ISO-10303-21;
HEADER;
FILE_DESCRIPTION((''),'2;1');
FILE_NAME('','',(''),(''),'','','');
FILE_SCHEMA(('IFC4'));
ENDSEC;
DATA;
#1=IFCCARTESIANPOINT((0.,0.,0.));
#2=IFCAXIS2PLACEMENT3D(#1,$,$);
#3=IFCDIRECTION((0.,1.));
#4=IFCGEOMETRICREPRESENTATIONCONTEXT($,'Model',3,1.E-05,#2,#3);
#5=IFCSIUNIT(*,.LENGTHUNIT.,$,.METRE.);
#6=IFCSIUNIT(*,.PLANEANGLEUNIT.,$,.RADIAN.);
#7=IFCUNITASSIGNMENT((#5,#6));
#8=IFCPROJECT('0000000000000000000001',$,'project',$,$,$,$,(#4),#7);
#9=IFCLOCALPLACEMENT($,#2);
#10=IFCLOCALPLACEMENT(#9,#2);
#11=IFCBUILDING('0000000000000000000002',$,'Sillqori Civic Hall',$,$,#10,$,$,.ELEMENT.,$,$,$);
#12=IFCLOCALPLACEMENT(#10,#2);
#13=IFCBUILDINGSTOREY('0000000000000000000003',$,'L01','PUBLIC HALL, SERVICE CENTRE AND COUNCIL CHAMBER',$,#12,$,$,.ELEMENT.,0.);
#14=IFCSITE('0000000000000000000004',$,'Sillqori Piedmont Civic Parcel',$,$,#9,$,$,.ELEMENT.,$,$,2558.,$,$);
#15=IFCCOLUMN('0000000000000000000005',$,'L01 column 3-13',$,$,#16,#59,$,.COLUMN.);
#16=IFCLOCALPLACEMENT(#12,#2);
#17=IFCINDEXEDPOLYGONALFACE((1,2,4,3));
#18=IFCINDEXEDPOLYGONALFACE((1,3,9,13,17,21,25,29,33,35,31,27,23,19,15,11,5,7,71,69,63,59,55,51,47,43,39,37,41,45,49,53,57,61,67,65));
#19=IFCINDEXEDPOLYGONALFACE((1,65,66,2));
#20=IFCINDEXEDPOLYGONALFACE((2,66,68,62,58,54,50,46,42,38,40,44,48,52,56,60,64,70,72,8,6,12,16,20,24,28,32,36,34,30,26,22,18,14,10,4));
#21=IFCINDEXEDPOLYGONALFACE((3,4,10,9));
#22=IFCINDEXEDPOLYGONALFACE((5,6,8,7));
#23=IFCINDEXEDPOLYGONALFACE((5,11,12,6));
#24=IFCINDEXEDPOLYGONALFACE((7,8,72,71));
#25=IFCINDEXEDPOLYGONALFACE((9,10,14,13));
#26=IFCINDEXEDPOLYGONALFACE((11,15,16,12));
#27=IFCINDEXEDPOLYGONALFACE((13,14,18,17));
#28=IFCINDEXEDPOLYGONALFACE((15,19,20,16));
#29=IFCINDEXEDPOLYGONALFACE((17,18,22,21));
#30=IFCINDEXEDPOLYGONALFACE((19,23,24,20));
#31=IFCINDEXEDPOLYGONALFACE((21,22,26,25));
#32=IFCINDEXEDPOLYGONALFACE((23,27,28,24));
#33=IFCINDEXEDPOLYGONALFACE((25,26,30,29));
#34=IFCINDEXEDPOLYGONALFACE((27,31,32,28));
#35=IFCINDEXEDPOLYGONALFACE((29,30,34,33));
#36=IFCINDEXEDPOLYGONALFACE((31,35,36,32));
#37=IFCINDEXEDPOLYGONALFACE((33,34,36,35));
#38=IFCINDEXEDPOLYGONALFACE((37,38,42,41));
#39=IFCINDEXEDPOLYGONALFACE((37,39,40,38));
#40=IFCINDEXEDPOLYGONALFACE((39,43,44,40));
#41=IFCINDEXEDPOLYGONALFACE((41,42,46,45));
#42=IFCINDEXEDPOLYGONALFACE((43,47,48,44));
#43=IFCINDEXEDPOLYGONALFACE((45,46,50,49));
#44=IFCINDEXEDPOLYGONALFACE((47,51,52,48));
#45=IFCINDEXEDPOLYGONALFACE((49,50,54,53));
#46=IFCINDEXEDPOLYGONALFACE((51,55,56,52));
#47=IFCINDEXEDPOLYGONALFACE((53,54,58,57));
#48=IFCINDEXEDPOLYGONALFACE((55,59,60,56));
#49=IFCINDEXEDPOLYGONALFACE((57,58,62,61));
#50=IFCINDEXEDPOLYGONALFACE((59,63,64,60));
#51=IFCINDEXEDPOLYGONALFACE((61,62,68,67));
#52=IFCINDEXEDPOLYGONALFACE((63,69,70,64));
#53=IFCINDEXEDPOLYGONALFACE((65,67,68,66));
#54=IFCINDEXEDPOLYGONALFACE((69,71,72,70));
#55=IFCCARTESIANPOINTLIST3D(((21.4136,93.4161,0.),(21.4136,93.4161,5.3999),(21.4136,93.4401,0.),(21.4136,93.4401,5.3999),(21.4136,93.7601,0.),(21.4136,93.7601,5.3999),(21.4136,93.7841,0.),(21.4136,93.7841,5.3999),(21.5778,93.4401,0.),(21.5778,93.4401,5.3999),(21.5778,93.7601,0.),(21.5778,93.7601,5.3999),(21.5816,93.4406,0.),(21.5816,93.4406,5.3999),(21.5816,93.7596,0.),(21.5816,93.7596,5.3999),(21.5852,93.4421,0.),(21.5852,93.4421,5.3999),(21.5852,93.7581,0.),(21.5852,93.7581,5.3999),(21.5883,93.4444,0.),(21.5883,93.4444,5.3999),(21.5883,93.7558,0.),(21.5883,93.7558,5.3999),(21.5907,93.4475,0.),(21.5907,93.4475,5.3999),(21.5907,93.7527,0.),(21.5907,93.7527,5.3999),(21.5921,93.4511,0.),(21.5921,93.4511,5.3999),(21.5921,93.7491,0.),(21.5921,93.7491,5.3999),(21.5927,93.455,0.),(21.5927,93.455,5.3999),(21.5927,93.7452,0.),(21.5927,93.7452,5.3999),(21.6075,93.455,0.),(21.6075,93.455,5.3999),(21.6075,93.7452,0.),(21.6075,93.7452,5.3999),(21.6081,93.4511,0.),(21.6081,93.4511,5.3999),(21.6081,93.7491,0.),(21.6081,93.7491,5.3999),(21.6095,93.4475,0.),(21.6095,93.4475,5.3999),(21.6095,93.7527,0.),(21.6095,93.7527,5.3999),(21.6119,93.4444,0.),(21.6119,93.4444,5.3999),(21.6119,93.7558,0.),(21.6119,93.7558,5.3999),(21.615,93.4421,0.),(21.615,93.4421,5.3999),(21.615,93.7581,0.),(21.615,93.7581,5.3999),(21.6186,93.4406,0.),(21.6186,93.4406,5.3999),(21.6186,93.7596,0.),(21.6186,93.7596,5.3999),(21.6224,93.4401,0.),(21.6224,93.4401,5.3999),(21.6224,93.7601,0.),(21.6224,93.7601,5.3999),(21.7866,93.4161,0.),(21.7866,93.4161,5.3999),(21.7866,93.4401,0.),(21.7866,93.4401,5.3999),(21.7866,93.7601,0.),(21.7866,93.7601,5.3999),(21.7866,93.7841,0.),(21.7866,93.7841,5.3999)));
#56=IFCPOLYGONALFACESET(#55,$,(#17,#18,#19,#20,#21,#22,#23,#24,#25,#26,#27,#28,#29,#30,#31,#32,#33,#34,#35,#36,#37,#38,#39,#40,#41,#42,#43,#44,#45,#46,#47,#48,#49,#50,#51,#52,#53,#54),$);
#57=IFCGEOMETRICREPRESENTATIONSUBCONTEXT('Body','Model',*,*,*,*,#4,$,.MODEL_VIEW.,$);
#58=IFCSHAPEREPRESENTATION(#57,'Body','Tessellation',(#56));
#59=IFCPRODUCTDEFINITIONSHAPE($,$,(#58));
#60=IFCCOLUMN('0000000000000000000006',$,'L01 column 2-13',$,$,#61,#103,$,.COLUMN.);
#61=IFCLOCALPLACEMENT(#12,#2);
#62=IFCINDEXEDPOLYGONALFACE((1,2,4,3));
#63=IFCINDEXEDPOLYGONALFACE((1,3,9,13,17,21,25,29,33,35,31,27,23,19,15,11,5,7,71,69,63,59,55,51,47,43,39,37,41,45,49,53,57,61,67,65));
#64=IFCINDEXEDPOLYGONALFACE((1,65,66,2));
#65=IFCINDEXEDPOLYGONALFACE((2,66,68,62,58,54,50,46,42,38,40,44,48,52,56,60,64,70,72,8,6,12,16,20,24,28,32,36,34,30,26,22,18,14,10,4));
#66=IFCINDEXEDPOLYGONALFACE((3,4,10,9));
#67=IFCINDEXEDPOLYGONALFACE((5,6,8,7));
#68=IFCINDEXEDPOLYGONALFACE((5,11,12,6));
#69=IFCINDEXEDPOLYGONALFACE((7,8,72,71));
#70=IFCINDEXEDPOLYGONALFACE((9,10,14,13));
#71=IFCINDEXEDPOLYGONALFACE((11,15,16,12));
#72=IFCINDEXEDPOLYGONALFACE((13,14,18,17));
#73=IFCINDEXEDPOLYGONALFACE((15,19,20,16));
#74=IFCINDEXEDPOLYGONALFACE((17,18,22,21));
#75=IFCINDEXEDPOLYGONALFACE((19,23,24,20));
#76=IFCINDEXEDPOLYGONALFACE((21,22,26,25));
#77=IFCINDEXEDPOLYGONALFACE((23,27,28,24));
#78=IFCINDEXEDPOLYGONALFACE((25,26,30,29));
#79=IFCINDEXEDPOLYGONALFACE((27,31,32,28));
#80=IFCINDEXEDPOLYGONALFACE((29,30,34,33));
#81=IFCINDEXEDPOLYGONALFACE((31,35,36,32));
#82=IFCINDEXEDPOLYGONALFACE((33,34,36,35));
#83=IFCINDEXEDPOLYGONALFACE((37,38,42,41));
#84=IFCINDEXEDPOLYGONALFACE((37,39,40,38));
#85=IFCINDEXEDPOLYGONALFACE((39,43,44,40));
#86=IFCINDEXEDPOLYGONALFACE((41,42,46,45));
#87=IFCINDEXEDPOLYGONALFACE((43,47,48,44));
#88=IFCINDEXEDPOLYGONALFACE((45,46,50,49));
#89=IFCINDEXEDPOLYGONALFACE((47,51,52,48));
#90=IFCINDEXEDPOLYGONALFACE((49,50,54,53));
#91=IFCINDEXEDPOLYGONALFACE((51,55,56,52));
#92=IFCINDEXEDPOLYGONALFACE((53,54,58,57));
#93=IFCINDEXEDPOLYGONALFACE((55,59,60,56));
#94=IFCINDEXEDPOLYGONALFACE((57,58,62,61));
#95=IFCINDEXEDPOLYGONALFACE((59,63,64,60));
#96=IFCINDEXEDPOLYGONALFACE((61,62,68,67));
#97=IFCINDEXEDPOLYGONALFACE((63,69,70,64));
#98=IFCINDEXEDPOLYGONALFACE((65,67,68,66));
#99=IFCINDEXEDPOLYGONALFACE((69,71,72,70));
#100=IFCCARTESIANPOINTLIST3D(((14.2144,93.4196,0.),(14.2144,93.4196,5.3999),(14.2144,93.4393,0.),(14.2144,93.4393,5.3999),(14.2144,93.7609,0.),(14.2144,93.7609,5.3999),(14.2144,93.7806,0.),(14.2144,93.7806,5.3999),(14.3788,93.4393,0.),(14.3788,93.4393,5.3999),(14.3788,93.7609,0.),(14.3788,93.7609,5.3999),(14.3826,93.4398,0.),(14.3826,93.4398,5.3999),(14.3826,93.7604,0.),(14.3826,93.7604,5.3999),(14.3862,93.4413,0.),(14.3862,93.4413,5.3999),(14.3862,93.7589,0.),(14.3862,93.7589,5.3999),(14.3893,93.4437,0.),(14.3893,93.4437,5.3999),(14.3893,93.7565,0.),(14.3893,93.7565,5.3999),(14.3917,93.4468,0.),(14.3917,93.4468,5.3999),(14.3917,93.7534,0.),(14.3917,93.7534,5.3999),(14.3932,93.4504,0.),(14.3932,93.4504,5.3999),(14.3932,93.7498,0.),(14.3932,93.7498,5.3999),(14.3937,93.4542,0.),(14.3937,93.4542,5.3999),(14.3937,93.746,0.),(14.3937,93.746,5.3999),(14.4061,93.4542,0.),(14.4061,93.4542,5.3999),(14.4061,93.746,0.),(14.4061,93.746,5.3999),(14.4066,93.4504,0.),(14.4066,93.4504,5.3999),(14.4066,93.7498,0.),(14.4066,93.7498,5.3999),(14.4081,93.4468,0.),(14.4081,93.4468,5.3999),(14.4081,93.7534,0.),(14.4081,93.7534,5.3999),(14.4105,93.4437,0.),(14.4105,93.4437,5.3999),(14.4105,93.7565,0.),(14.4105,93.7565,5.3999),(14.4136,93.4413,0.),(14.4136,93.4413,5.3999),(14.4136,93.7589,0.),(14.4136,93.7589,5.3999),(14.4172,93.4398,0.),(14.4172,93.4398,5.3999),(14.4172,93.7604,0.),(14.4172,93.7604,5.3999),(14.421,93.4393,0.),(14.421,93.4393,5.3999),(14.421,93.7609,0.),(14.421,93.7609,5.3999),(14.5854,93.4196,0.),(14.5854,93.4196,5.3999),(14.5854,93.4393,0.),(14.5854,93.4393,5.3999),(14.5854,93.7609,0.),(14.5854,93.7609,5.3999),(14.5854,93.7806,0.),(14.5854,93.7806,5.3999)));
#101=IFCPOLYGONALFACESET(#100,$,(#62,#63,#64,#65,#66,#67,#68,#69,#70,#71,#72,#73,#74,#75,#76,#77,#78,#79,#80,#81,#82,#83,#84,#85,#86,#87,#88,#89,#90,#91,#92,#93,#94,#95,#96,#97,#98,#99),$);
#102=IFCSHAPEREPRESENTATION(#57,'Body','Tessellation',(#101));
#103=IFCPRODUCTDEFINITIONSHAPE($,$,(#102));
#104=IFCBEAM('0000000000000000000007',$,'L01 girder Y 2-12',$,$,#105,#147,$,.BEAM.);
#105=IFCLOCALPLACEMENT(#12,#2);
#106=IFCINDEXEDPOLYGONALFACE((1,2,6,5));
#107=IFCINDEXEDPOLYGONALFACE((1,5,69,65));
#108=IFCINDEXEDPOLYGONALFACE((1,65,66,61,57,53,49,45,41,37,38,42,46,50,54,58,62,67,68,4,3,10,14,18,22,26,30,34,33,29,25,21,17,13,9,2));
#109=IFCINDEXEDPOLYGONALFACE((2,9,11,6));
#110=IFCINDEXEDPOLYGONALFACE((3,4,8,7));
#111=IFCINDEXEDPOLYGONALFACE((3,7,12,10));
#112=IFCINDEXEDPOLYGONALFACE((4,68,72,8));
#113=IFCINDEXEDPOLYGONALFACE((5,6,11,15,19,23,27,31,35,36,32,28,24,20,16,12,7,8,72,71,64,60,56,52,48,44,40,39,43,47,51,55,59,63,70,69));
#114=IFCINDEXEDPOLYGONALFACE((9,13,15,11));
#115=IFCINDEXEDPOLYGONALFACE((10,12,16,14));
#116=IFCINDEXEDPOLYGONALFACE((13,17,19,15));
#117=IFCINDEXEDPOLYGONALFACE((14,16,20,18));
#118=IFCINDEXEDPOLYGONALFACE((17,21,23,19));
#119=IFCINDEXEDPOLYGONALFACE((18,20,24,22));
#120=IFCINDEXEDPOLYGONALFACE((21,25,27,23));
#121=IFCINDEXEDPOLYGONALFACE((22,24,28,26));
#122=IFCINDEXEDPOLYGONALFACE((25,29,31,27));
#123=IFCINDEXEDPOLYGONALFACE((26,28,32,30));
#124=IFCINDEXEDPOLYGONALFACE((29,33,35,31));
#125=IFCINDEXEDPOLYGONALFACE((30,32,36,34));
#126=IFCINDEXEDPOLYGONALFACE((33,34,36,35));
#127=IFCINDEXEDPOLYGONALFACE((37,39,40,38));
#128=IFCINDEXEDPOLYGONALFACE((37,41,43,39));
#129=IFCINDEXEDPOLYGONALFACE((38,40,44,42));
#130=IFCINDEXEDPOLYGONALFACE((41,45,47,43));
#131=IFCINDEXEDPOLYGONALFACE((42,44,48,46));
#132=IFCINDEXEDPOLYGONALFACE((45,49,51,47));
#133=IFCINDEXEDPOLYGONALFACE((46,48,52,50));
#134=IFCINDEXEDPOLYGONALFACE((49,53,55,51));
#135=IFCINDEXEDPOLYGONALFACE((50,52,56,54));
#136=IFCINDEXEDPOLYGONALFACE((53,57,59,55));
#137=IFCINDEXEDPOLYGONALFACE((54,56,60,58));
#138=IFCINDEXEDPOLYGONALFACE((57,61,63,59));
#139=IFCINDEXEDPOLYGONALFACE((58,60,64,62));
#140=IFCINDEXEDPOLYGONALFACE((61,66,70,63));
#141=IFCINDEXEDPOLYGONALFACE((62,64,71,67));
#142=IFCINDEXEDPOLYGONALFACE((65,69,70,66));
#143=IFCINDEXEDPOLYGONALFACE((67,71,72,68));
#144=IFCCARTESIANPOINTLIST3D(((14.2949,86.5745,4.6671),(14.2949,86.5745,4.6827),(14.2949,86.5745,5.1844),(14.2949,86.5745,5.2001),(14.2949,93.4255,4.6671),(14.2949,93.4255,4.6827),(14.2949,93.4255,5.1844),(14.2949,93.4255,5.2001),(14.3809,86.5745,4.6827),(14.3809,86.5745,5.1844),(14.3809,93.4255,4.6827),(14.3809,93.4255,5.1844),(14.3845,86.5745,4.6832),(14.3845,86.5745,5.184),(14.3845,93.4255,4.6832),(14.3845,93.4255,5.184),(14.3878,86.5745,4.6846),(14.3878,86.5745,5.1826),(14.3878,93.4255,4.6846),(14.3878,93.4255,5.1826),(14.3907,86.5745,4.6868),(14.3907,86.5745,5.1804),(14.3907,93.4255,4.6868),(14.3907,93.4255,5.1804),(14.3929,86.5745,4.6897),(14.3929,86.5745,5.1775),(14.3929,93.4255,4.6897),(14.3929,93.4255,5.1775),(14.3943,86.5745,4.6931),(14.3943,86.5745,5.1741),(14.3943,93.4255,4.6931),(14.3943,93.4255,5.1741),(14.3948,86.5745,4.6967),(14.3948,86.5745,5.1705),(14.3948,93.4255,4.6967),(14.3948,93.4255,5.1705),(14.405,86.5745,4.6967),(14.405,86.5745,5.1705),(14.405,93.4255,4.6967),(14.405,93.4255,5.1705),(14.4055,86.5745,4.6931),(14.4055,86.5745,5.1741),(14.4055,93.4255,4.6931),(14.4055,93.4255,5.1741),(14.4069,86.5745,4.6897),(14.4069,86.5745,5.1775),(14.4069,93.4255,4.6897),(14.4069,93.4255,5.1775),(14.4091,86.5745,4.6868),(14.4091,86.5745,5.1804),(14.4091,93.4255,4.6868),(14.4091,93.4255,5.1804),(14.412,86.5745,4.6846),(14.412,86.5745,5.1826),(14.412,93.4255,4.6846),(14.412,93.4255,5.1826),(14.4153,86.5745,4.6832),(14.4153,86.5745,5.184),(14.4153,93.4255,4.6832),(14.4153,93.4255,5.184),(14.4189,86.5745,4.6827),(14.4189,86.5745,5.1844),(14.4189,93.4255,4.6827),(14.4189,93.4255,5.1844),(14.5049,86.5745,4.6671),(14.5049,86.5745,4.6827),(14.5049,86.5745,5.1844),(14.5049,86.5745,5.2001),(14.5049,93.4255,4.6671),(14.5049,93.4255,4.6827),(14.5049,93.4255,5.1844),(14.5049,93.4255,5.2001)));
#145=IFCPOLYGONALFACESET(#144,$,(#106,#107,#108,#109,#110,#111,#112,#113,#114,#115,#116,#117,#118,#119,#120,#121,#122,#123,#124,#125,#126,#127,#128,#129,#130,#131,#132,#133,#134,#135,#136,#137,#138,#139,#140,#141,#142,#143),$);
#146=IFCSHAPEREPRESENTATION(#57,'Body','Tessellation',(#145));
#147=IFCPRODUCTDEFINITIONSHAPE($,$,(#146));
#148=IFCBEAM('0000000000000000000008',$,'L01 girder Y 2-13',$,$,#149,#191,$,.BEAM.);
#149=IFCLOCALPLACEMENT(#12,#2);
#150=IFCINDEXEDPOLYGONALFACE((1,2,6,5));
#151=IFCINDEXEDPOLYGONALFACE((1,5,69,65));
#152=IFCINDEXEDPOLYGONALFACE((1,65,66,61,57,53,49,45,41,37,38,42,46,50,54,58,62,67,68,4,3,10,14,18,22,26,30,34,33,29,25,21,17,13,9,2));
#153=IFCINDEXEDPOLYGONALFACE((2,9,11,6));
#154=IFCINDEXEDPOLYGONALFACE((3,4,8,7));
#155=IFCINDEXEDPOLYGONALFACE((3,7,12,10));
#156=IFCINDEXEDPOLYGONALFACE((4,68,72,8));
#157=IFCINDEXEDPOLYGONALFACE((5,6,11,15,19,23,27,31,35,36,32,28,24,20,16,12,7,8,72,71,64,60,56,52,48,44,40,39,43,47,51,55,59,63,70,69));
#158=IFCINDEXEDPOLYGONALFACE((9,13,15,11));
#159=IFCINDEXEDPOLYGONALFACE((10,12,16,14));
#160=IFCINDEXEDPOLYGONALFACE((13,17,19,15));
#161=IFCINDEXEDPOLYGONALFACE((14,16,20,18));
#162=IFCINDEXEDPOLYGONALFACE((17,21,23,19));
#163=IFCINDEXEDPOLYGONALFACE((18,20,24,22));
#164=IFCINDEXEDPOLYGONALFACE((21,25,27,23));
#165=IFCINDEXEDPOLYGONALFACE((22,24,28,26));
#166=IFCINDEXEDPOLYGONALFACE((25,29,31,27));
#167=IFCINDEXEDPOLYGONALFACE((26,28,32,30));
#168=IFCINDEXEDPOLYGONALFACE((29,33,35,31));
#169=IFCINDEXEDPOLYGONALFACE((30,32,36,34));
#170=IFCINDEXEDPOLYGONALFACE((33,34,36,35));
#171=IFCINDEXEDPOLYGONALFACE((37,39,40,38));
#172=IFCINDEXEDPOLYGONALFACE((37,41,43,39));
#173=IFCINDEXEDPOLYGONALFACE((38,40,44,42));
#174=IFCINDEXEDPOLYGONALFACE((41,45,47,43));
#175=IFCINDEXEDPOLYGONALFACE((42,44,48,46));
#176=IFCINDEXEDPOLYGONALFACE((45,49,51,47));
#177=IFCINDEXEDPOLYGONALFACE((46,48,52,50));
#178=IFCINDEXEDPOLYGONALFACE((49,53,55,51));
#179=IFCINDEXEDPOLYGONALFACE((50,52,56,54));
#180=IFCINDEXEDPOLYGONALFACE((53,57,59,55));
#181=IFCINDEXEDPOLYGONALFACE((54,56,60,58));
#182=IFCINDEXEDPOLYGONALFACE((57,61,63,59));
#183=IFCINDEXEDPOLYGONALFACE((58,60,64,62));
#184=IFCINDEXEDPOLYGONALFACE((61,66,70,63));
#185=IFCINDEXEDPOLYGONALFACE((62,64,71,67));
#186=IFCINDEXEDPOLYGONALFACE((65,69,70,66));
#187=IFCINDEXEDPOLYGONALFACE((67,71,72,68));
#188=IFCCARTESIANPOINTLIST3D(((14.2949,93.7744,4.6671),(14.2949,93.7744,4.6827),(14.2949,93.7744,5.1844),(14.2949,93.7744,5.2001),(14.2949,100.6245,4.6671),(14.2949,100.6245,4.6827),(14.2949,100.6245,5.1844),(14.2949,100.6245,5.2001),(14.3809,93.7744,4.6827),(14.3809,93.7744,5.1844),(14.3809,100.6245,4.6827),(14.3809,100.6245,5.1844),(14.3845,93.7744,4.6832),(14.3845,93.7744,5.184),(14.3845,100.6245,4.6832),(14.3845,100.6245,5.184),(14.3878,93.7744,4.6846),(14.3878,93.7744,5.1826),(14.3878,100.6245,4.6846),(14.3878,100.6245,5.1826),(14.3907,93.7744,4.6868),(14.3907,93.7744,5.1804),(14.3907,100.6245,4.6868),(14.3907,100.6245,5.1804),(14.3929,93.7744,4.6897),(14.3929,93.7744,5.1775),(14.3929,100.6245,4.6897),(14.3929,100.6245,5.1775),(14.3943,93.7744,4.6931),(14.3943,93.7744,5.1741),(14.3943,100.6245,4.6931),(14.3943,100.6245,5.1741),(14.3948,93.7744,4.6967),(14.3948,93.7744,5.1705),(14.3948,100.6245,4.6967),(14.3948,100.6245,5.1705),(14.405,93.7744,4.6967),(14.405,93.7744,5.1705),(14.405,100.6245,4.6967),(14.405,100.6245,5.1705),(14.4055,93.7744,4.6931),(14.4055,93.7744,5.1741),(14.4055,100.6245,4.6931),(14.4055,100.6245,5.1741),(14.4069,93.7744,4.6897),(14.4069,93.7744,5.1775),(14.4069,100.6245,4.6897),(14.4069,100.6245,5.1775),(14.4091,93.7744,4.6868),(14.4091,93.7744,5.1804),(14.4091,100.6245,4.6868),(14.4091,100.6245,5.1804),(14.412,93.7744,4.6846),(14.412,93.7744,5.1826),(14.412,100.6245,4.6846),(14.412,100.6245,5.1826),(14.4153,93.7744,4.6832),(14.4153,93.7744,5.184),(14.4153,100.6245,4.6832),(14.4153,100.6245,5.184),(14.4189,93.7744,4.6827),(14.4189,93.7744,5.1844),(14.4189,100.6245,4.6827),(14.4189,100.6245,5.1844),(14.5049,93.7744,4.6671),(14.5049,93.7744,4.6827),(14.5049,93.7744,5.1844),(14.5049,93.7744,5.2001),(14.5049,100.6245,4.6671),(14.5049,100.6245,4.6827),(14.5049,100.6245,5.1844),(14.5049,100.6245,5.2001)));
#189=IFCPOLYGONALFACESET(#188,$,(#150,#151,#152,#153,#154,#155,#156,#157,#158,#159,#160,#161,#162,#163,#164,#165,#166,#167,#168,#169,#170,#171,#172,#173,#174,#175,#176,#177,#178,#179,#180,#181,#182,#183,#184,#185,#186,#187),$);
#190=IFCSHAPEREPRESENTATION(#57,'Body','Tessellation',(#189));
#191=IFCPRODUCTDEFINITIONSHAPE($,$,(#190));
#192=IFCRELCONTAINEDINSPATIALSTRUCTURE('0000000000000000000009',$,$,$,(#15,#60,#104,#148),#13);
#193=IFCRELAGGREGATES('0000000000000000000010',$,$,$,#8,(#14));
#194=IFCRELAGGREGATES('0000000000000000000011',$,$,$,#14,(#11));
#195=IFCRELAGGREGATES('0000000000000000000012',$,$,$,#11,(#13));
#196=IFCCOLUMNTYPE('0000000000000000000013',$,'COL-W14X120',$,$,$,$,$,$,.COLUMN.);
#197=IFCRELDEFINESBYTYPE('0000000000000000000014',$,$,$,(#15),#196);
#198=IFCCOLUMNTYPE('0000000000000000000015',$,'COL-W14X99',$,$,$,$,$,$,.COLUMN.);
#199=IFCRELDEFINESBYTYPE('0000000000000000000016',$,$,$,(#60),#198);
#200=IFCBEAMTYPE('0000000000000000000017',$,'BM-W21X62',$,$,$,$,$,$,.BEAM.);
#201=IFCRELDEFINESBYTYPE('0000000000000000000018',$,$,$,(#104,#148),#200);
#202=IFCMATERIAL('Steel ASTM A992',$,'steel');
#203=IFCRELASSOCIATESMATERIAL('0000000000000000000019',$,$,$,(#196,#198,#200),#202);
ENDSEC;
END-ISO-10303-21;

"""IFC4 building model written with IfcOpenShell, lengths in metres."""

from ifc_helpers import new_model, si_unit, direction, frame, origin, origin_2d, place, context, subcontext, project, spatial, i_section, extrude, material, material_profile, profile_set, type_object, element, save


model = new_model("IFC4")

# Units and contexts
model_context = context("Model", 3, precision=1e-05, world=origin(), true_north=direction((0.0, 1.0)))
body_context = subcontext(model_context, "Body", "Model", "MODEL_VIEW")
ifc_project = project(units=[si_unit("LENGTHUNIT", "METRE"), si_unit("PLANEANGLEUNIT", "RADIAN")], contexts=[model_context])

# Site, building, storey
site_placement = place(None, origin())
site = spatial("IfcSite", under=ifc_project, at=site_placement, Name="Sillqori Piedmont Civic Parcel", CompositionType="ELEMENT", RefElevation=2558.0)
building_placement = place(site_placement, origin())
building = spatial("IfcBuilding", under=site, at=building_placement, Name="Sillqori Civic Hall", CompositionType="ELEMENT")
storey_placement = place(building_placement, origin())
storey = spatial("IfcBuildingStorey", under=building, at=storey_placement, Name="L01", Description="PUBLIC HALL, SERVICE CENTRE AND COUNCIL CHAMBER", CompositionType="ELEMENT", Elevation=0.0)

# Columns
ifc_material_1 = material(Name="Steel ASTM A992", Category="steel")
ifc_material_profile_1 = material_profile(ifc_material_1, i_section(OverallWidth=0.373, OverallDepth=0.3679, WebThickness=0.0149, FlangeThickness=0.0239, FilletRadius=0.0149, at=origin_2d()), Name="W14X120")
ifc_profile_set_1 = profile_set([ifc_material_profile_1], Name="Steel ASTM A992")
column_type_1 = type_object("IfcColumnType", Name="COL-W14X120", PredefinedType="COLUMN", material=ifc_profile_set_1)
column_1_placement = place(storey_placement, frame((21.6001, 93.6001, 0.0), z_axis=(0.0, 0.0, 1.0), x_axis=(1.0, 0.0, 0.0)))
element("IfcColumn", 1, at=column_1_placement, inside=storey, type_object=column_type_1, Name="L01 column 3-13", PredefinedType="COLUMN", context=body_context, shape_type="SweptSolid", body=[
    extrude(i_section(OverallWidth=0.373, OverallDepth=0.3679, WebThickness=0.0149, FlangeThickness=0.0239, FilletRadius=0.0149, at=origin_2d()), origin(), (0.0, 0.0, 1.0), 5.3999),
])
ifc_material_profile_2 = material_profile(ifc_material_1, i_section(OverallWidth=0.3711, OverallDepth=0.3611, WebThickness=0.0125, FlangeThickness=0.0198, FilletRadius=0.0149, at=origin_2d()), Name="W14X99")
ifc_profile_set_2 = profile_set([ifc_material_profile_2], Name="Steel ASTM A992")
column_type_2 = type_object("IfcColumnType", Name="COL-W14X99", PredefinedType="COLUMN", material=ifc_profile_set_2)
column_2_placement = place(storey_placement, frame((14.3999, 93.6001, 0.0), z_axis=(0.0, 0.0, 1.0), x_axis=(1.0, 0.0, 0.0)))
element("IfcColumn", 2, at=column_2_placement, inside=storey, type_object=column_type_2, Name="L01 column 2-13", PredefinedType="COLUMN", context=body_context, shape_type="SweptSolid", body=[
    extrude(i_section(OverallWidth=0.3711, OverallDepth=0.3611, WebThickness=0.0125, FlangeThickness=0.0198, FilletRadius=0.0149, at=origin_2d()), origin(), (0.0, 0.0, 1.0), 5.3999),
])

# Beams
ifc_material_profile_3 = material_profile(ifc_material_1, i_section(OverallWidth=0.21, OverallDepth=0.533, WebThickness=0.0103, FlangeThickness=0.0156, FilletRadius=0.0139, at=origin_2d()), Name="W21X62")
ifc_profile_set_3 = profile_set([ifc_material_profile_3], Name="Steel ASTM A992")
beam_type_1 = type_object("IfcBeamType", Name="BM-W21X62", PredefinedType="BEAM", material=ifc_profile_set_3)
beam_1_placement = place(storey_placement, frame((14.3999, 86.5745, 4.9336), z_axis=(0.0, 1.0, 0.0), x_axis=(-1.0, 0.0, 0.0)))
element("IfcBeam", 3, at=beam_1_placement, inside=storey, type_object=beam_type_1, Name="L01 girder Y 2-12", PredefinedType="BEAM", context=body_context, shape_type="SweptSolid", body=[
    extrude(i_section(OverallWidth=0.21, OverallDepth=0.533, WebThickness=0.0103, FlangeThickness=0.0156, FilletRadius=0.0139, at=origin_2d()), origin(), (0.0, 0.0, 1.0), 6.8511),
])
beam_2_placement = place(storey_placement, frame((14.3999, 93.7744, 4.9336), z_axis=(0.0, 1.0, 0.0), x_axis=(-1.0, 0.0, 0.0)))
element("IfcBeam", 4, at=beam_2_placement, inside=storey, type_object=beam_type_1, Name="L01 girder Y 2-13", PredefinedType="BEAM", context=body_context, shape_type="SweptSolid", body=[
    extrude(i_section(OverallWidth=0.21, OverallDepth=0.533, WebThickness=0.0103, FlangeThickness=0.0156, FilletRadius=0.0139, at=origin_2d()), origin(), (0.0, 0.0, 1.0), 6.8501),
])

save(model, "model.ifc")
